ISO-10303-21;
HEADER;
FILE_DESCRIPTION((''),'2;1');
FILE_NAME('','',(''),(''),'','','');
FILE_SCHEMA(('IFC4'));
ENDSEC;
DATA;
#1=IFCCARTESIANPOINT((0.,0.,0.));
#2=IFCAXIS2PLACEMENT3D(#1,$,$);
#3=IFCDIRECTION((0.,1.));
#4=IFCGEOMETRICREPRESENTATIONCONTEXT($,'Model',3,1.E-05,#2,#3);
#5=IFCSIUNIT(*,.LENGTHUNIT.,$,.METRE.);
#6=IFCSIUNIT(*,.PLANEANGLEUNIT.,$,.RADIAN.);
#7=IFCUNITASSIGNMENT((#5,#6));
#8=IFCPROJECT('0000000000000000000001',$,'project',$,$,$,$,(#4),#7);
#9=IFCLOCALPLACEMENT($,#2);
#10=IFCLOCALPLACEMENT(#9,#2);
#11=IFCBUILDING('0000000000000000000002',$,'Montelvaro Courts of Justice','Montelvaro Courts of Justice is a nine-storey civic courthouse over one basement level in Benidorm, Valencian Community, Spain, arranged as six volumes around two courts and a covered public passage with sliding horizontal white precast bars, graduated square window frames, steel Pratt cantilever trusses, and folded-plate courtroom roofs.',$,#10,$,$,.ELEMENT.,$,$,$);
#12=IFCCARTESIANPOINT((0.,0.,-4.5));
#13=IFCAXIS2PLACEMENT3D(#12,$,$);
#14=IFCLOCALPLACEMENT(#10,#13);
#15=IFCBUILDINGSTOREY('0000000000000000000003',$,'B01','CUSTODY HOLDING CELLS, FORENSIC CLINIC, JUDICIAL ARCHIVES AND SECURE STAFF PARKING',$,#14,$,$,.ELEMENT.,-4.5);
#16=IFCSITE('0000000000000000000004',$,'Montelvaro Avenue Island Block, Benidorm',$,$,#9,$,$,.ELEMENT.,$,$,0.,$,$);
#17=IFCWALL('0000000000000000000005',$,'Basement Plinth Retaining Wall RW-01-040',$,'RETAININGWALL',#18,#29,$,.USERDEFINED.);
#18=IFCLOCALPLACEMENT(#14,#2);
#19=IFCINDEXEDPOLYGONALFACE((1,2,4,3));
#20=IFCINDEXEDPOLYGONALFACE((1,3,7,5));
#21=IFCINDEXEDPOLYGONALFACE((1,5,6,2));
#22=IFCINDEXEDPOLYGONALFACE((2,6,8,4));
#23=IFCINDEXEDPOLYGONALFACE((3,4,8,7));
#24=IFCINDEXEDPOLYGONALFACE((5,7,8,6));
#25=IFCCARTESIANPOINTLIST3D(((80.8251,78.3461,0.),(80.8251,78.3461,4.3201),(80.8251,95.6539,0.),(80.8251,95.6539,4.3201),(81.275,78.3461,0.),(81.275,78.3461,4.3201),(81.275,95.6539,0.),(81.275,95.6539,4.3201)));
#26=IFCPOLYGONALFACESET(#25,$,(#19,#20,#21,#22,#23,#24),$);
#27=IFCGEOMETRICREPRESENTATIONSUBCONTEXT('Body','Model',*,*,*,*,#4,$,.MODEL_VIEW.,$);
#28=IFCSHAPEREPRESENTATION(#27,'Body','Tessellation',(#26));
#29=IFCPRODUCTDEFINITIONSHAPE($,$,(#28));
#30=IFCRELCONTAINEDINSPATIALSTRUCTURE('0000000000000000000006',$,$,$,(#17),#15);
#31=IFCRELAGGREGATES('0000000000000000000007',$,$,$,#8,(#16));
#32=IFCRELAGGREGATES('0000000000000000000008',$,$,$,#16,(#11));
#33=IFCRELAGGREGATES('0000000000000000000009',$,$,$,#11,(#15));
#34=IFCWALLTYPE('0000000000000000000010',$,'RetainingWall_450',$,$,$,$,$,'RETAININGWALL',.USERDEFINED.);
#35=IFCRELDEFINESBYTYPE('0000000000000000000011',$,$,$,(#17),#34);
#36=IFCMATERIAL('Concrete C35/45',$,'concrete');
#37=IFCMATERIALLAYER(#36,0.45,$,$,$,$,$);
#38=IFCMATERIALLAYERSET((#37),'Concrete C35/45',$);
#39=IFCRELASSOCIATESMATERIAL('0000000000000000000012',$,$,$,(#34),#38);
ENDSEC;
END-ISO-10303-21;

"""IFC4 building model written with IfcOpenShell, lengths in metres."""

from ifc_helpers import new_model, si_unit, direction, frame, frame_2d, origin, place, context, subcontext, project, spatial, rectangle, extrude, material, layer, layer_set, type_object, element, save


model = new_model("IFC4")

# Units and contexts
model_context = context("Model", 3, precision=1e-05, world=origin(), true_north=direction((0.0, 1.0)))
body_context = subcontext(model_context, "Body", "Model", "MODEL_VIEW")
ifc_project = project(units=[si_unit("LENGTHUNIT", "METRE"), si_unit("PLANEANGLEUNIT", "RADIAN")], contexts=[model_context])

# Site, building, storey
site_placement = place(None, origin())
site = spatial("IfcSite", under=ifc_project, at=site_placement, Name="Montelvaro Avenue Island Block, Benidorm", CompositionType="ELEMENT", RefElevation=0.0)
building_placement = place(site_placement, origin())
building = spatial("IfcBuilding", under=site, at=building_placement, Name="Montelvaro Courts of Justice", Description="Montelvaro Courts of Justice is a nine-storey civic courthouse over one basement level in Benidorm, Valencian Community, Spain, arranged as six volumes around two courts and a covered public passage with sliding horizontal white precast bars, graduated square window frames, steel Pratt cantilever trusses, and folded-plate courtroom roofs.", CompositionType="ELEMENT")
storey_placement = place(building_placement, frame((0.0, 0.0, -4.5)))
storey = spatial("IfcBuildingStorey", under=building, at=storey_placement, Name="B01", Description="CUSTODY HOLDING CELLS, FORENSIC CLINIC, JUDICIAL ARCHIVES AND SECURE STAFF PARKING", CompositionType="ELEMENT", Elevation=-4.5)

# Shared definitions
ifc_material_1 = material(Name="Concrete C35/45", Category="concrete")

# Wall
ifc_layer_1 = layer(ifc_material_1, 0.45)
ifc_layer_set_1 = layer_set([ifc_layer_1], Name="Concrete C35/45")
wall_type_1 = type_object("IfcWallType", Name="RetainingWall_450", ElementType="RETAININGWALL", PredefinedType="USERDEFINED", material=ifc_layer_set_1)
wall_1_placement = place(storey_placement, frame((81.05, 95.6538, 0.0), z_axis=(0.0, 0.0, 1.0), x_axis=(0.0, -1.0, 0.0)))
element("IfcWall", 1, at=wall_1_placement, inside=storey, type_object=wall_type_1, Name="Basement Plinth Retaining Wall RW-01-040", ObjectType="RETAININGWALL", PredefinedType="USERDEFINED", context=body_context, shape_type="SweptSolid", body=[
    extrude(rectangle(XDim=17.3079, YDim=0.45, at=frame_2d((8.6538, 0.0))), origin(), (0.0, 0.0, 1.0), 4.3201),
])

save(model, "model.ifc")
